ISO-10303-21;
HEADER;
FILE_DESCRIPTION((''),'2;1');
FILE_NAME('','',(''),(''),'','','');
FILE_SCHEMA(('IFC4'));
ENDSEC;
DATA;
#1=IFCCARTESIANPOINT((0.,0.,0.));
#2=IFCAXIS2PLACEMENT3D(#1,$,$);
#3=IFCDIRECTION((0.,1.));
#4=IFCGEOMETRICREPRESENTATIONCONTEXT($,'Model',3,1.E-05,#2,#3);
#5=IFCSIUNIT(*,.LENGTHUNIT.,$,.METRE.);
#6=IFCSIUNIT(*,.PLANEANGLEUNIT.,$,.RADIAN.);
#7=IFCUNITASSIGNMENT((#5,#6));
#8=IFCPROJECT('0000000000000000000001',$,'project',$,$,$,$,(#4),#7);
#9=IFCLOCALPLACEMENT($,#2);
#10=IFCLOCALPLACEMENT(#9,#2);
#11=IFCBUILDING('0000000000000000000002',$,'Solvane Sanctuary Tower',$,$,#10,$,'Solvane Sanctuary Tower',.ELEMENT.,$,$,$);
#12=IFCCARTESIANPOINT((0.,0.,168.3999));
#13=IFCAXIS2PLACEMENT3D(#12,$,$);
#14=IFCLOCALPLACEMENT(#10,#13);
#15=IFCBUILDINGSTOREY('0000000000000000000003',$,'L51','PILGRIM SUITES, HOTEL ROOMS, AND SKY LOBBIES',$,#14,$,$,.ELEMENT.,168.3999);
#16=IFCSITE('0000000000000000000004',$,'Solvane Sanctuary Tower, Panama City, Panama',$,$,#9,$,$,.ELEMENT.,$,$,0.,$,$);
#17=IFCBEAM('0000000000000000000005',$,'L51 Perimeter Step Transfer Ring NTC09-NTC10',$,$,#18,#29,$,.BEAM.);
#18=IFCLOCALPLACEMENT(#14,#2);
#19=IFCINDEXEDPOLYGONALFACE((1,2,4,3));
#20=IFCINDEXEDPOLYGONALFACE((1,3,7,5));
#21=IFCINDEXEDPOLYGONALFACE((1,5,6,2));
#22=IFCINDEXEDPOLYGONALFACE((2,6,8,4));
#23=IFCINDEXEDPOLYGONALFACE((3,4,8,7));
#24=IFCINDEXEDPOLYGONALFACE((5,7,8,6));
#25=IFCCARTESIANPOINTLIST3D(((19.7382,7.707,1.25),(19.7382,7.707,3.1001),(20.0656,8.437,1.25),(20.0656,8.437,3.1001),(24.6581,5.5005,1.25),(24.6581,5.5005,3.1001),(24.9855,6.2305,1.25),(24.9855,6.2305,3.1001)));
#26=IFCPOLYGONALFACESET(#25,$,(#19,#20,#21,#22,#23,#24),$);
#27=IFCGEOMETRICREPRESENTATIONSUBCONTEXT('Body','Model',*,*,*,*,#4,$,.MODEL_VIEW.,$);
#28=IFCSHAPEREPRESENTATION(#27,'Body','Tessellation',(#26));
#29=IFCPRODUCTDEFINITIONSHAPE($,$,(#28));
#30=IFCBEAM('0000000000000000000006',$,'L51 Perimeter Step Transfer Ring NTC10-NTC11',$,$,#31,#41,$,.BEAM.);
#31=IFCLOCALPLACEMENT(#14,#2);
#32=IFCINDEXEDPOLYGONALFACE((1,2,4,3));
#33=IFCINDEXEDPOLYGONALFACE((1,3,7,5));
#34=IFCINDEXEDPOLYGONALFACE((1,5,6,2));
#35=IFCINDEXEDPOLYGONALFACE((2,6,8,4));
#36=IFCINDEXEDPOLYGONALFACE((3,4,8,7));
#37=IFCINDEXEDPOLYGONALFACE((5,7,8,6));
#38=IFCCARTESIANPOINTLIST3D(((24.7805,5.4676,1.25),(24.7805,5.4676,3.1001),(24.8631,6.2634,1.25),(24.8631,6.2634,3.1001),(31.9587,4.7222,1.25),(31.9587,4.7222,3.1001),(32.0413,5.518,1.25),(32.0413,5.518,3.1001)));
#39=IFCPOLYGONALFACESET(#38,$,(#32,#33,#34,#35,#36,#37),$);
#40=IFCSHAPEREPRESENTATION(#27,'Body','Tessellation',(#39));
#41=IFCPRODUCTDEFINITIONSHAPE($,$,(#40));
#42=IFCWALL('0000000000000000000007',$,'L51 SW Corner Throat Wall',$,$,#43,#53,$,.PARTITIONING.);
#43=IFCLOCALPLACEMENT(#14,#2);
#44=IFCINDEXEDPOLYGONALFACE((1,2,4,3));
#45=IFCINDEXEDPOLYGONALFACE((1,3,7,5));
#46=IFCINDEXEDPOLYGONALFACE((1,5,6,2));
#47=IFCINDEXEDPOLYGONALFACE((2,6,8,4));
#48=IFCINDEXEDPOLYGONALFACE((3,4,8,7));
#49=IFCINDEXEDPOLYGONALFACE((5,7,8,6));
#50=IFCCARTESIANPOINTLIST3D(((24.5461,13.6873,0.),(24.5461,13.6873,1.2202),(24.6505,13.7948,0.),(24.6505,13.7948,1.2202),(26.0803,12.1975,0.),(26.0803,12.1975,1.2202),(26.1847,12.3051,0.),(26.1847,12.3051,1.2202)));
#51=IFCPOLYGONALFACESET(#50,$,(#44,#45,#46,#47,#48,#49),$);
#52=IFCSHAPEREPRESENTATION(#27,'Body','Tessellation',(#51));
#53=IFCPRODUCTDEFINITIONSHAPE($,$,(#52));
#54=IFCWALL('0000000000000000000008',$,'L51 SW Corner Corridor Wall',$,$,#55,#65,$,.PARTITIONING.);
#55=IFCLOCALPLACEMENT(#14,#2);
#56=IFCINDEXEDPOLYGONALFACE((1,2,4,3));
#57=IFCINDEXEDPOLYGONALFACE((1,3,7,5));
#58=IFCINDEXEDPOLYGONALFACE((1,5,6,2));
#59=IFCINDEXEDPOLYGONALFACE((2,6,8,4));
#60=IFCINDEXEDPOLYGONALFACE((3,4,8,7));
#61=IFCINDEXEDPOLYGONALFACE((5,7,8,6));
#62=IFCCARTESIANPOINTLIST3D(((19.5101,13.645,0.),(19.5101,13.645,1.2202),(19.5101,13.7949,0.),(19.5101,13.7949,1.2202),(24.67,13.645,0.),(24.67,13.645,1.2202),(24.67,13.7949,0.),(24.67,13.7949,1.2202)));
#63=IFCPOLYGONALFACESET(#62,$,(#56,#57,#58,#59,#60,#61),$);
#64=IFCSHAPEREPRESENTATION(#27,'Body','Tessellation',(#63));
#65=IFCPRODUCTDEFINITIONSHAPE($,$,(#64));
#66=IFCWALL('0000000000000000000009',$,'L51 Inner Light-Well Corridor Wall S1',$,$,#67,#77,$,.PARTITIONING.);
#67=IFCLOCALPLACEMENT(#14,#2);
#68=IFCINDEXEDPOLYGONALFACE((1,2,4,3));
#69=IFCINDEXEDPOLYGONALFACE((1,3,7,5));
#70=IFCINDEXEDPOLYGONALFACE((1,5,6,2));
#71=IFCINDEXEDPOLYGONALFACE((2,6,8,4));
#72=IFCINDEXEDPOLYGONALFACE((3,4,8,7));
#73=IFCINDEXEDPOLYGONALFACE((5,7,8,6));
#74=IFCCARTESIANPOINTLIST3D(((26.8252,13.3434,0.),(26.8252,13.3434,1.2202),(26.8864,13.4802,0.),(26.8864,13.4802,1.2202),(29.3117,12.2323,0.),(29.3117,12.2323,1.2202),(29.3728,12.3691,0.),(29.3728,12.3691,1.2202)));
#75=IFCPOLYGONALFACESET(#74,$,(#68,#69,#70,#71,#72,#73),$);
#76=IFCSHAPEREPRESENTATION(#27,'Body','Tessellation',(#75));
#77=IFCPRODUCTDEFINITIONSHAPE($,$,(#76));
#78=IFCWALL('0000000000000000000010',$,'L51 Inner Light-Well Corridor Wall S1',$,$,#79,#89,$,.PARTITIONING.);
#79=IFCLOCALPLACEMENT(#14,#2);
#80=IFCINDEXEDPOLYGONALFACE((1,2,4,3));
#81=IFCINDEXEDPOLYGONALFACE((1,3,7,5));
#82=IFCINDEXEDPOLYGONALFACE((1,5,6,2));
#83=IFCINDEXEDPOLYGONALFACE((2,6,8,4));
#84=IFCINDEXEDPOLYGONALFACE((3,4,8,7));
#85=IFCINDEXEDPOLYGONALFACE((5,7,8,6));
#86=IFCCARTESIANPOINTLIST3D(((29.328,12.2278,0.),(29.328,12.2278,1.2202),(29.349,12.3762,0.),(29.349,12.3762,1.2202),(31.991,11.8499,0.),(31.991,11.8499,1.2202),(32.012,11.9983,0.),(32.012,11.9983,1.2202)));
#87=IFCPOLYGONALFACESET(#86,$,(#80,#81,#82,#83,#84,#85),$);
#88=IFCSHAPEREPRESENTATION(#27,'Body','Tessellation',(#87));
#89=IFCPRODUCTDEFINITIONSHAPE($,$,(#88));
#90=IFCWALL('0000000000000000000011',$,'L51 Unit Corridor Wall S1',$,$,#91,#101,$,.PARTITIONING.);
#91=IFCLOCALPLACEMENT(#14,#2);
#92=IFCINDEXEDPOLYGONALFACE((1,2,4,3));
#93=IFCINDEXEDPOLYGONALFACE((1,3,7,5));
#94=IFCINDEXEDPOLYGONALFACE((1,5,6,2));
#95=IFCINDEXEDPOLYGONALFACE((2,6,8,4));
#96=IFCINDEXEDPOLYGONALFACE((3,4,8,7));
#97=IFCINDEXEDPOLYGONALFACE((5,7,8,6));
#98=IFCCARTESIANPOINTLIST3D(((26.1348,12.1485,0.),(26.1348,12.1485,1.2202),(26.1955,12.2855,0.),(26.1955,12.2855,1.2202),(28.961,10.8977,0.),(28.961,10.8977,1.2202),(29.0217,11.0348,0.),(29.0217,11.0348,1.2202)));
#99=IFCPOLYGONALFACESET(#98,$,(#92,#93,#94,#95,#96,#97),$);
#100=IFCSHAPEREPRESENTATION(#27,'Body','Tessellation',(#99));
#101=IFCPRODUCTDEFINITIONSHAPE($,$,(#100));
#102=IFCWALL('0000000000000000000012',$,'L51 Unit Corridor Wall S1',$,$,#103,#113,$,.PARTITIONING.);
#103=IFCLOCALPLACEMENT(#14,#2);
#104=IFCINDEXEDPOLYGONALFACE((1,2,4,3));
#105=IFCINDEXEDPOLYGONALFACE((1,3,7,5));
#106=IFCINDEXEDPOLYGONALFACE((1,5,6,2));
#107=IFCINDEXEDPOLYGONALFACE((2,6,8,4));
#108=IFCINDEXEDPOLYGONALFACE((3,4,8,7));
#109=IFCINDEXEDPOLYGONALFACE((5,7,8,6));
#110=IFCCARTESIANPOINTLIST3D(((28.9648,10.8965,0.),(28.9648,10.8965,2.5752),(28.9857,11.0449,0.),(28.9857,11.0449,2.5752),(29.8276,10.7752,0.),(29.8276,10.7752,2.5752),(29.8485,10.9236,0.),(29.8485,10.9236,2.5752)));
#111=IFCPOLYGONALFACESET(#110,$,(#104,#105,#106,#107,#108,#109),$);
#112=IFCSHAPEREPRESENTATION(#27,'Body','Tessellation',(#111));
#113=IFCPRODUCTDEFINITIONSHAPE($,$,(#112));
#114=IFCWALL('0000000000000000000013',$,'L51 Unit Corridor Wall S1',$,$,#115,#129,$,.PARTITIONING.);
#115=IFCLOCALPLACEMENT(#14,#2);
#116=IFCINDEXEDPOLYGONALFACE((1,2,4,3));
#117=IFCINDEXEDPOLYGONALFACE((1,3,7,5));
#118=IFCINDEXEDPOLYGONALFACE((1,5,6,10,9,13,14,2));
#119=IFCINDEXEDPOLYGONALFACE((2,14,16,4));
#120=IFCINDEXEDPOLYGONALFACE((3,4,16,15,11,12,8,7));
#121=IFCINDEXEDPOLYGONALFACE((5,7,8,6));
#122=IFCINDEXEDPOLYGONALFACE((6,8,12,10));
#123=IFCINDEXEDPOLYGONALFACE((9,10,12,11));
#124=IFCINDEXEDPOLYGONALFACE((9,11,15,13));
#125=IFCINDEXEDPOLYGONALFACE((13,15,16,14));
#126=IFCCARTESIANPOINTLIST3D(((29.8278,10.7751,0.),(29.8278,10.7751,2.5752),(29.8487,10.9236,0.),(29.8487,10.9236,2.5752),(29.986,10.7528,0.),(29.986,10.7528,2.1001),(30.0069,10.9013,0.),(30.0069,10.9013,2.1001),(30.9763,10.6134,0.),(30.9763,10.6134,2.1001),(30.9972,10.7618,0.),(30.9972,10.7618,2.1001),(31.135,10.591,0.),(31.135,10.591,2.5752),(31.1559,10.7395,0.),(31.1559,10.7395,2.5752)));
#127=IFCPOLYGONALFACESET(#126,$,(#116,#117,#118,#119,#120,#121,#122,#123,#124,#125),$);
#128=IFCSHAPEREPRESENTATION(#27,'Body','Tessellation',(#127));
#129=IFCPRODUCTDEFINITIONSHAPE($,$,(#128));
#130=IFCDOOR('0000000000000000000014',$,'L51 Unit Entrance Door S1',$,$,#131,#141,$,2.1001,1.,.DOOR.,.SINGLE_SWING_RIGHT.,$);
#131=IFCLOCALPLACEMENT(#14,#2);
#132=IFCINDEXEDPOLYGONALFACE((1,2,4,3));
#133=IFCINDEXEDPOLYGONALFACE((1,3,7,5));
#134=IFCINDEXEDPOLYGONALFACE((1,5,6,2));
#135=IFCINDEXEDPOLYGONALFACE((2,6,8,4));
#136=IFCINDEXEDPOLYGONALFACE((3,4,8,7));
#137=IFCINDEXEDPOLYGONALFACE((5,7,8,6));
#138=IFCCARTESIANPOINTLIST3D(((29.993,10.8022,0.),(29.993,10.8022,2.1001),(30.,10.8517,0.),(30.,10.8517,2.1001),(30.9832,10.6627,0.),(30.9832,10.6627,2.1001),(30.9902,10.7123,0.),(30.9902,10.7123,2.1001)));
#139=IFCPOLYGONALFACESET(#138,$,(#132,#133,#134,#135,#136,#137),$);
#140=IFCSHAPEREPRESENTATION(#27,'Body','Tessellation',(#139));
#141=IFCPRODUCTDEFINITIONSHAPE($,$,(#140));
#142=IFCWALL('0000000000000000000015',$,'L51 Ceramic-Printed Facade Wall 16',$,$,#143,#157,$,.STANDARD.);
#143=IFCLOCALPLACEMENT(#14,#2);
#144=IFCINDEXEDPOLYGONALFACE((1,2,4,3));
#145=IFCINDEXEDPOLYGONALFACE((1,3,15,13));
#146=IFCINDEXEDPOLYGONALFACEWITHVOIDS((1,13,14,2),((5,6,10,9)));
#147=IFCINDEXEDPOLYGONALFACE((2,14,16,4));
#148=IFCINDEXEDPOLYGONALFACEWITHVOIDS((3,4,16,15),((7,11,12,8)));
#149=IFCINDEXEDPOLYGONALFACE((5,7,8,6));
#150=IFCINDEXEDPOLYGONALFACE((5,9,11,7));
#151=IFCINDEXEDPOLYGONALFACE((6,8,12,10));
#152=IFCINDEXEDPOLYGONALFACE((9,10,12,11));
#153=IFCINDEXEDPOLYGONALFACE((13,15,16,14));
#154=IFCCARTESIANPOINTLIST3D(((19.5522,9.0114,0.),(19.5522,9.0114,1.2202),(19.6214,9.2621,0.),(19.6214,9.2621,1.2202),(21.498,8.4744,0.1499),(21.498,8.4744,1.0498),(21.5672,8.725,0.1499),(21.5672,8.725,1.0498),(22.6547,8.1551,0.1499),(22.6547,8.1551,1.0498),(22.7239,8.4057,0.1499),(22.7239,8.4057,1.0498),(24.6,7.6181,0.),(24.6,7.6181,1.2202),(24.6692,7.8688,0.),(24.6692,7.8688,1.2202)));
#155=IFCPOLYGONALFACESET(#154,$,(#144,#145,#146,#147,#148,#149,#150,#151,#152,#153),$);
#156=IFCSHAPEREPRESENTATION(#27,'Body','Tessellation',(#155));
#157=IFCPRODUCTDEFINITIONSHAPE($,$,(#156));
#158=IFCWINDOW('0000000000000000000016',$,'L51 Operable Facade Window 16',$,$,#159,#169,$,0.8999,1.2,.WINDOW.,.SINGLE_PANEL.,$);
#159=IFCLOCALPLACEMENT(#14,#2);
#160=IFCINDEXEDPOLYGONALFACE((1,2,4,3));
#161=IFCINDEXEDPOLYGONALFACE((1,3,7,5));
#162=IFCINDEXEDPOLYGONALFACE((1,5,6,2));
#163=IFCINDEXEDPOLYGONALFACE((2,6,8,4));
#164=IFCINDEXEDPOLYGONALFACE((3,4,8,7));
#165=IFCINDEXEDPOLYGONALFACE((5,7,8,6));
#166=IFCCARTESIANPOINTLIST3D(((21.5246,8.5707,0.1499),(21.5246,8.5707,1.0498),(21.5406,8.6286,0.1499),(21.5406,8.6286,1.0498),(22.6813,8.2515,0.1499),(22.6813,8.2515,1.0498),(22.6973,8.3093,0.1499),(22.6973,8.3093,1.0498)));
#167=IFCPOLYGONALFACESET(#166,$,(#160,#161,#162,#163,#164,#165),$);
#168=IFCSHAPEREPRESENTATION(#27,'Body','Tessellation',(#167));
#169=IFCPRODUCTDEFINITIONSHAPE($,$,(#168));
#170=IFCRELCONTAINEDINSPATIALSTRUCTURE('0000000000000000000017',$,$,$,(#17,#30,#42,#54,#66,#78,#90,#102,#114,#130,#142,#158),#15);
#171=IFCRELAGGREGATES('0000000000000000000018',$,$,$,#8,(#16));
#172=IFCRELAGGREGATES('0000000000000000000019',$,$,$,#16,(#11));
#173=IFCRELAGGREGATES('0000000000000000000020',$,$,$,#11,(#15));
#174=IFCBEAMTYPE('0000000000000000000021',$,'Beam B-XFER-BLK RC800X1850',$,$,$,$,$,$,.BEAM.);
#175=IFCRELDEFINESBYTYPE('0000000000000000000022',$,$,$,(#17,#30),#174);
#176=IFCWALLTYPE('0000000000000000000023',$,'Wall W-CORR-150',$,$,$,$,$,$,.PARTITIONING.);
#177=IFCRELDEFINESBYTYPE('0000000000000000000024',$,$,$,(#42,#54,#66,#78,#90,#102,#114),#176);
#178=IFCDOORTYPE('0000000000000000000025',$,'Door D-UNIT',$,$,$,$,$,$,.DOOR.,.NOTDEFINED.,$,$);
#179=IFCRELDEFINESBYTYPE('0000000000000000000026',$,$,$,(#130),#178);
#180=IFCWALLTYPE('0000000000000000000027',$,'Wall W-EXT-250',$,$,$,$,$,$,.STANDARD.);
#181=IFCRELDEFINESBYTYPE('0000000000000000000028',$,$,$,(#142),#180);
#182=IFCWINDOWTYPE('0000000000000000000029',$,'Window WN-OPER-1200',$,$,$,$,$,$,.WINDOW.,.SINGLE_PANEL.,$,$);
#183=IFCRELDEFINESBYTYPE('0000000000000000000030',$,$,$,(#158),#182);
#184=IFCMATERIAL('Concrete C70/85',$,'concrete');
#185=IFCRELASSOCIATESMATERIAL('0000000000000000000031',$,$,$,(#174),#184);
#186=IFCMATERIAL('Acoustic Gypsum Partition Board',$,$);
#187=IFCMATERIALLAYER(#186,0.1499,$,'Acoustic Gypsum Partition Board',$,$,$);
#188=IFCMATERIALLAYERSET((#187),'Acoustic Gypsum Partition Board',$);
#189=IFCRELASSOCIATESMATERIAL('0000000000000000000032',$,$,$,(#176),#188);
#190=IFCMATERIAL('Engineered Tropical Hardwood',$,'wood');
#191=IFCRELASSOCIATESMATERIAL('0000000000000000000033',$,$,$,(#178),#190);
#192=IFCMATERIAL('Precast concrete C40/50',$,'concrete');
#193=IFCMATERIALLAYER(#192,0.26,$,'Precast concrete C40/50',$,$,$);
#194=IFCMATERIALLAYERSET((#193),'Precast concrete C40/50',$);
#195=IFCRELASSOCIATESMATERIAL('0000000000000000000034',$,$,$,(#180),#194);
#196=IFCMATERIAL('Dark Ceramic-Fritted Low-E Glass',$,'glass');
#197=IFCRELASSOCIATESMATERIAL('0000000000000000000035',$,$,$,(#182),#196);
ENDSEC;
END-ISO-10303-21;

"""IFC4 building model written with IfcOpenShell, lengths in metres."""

from ifc_helpers import new_model, si_unit, direction, frame, frame_2d, origin, origin_2d, place, context, subcontext, project, spatial, rectangle, extrude, material, layer, layer_set, material_profile, profile_set, type_object, element, fill, save


model = new_model("IFC4")

# Units and contexts
model_context = context("Model", 3, precision=1e-05, world=origin(), true_north=direction((0.0, 1.0)))
body_context = subcontext(model_context, "Body", "Model", "MODEL_VIEW")
ifc_project = project(units=[si_unit("LENGTHUNIT", "METRE"), si_unit("PLANEANGLEUNIT", "RADIAN")], contexts=[model_context])

# Site, building, storey
site_placement = place(None, origin())
site = spatial("IfcSite", under=ifc_project, at=site_placement, Name="Solvane Sanctuary Tower, Panama City, Panama", CompositionType="ELEMENT", RefElevation=0.0)
building_placement = place(site_placement, origin())
building = spatial("IfcBuilding", under=site, at=building_placement, Name="Solvane Sanctuary Tower", LongName="Solvane Sanctuary Tower", CompositionType="ELEMENT")
storey_placement = place(building_placement, frame((0.0, 0.0, 168.3999)))
storey = spatial("IfcBuildingStorey", under=building, at=storey_placement, Name="L51", Description="PILGRIM SUITES, HOTEL ROOMS, AND SKY LOBBIES", CompositionType="ELEMENT", Elevation=168.3999)

# Beams
ifc_material_1 = material(Name="Concrete C70/85", Category="concrete")
ifc_material_profile_1 = material_profile(ifc_material_1, rectangle(XDim=0.8, YDim=1.8501, at=origin_2d()), Name="RC800X1850")
ifc_profile_set_1 = profile_set([ifc_material_profile_1], Name="Concrete C70/85")
beam_type_1 = type_object("IfcBeamType", Name="Beam B-XFER-BLK RC800X1850", PredefinedType="BEAM", material=ifc_profile_set_1)
beam_1_placement = place(storey_placement, frame((19.9019, 8.072, 2.175), z_axis=(0.912436, -0.40922, 0.0), x_axis=(0.40922, 0.912436, 0.0)))
element("IfcBeam", 1, at=beam_1_placement, inside=storey, type_object=beam_type_1, Name="L51 Perimeter Step Transfer Ring NTC09-NTC10", PredefinedType="BEAM", context=body_context, shape_type="SweptSolid", body=[
    extrude(rectangle(XDim=0.8, YDim=1.8501, at=origin_2d()), origin(), (0.0, 0.0, 1.0), 5.3921),
])
beam_2_placement = place(storey_placement, frame((24.8218, 5.8655, 2.175), z_axis=(0.994652, -0.103281, 0.0), x_axis=(0.103281, 0.994652, 0.0)))
element("IfcBeam", 2, at=beam_2_placement, inside=storey, type_object=beam_type_1, Name="L51 Perimeter Step Transfer Ring NTC10-NTC11", PredefinedType="BEAM", context=body_context, shape_type="SweptSolid", body=[
    extrude(rectangle(XDim=0.8, YDim=1.8501, at=origin_2d()), origin(), (0.0, 0.0, 1.0), 7.2168),
])

# Walls
ifc_material_2 = material(Name="Acoustic Gypsum Partition Board")
ifc_layer_1 = layer(ifc_material_2, 0.1499, Name="Acoustic Gypsum Partition Board")
ifc_layer_set_1 = layer_set([ifc_layer_1], Name="Acoustic Gypsum Partition Board")
wall_type_1 = type_object("IfcWallType", Name="Wall W-CORR-150", PredefinedType="PARTITIONING", material=ifc_layer_set_1)
wall_1_placement = place(storey_placement, frame((26.1326, 12.2512, 0.0), z_axis=(0.0, 0.0, 1.0), x_axis=(-0.71742, 0.696641, 0.0)))
element("IfcWall", 3, at=wall_1_placement, inside=storey, type_object=wall_type_1, Name="L51 SW Corner Throat Wall", PredefinedType="PARTITIONING", context=body_context, shape_type="SweptSolid", body=[
    extrude(rectangle(XDim=2.1384, YDim=0.1499, at=frame_2d((1.0693, 0.0))), origin(), (0.0, 0.0, 1.0), 1.2202),
])
wall_2_placement = place(storey_placement, frame((19.51, 13.72, 0.0), z_axis=(0.0, 0.0, 1.0), x_axis=(1.0, 0.0, 0.0)))
element("IfcWall", 4, at=wall_2_placement, inside=storey, type_object=wall_type_1, Name="L51 SW Corner Corridor Wall", PredefinedType="PARTITIONING", context=body_context, shape_type="SweptSolid", body=[
    extrude(rectangle(XDim=5.1599, YDim=0.1499, at=frame_2d((2.5801, 0.0))), origin(), (0.0, 0.0, 1.0), 1.2202),
])
wall_3_placement = place(storey_placement, frame((26.8557, 13.4119, 0.0), z_axis=(0.0, 0.0, 1.0), x_axis=(0.912985, -0.407993, 0.0)))
element("IfcWall", 5, at=wall_3_placement, inside=storey, type_object=wall_type_1, Name="L51 Inner Light-Well Corridor Wall S1", PredefinedType="PARTITIONING", context=body_context, shape_type="SweptSolid", body=[
    extrude(rectangle(XDim=2.7234, YDim=0.1499, at=frame_2d((1.3618, 0.0))), origin(), (0.0, 0.0, 1.0), 1.2202),
])
wall_4_placement = place(storey_placement, frame((29.3386, 12.302, 0.0), z_axis=(0.0, 0.0, 1.0), x_axis=(0.99008, -0.140506, 0.0)))
element("IfcWall", 6, at=wall_4_placement, inside=storey, type_object=wall_type_1, Name="L51 Inner Light-Well Corridor Wall S1", PredefinedType="PARTITIONING", context=body_context, shape_type="SweptSolid", body=[
    extrude(rectangle(XDim=2.6897, YDim=0.1499, at=frame_2d((1.3447, 0.0))), origin(), (0.0, 0.0, 1.0), 1.2202),
])
wall_5_placement = place(storey_placement, frame((26.165, 12.217, 0.0), z_axis=(0.0, 0.0, 1.0), x_axis=(0.914452, -0.404694, 0.0)))
element("IfcWall", 7, at=wall_5_placement, inside=storey, type_object=wall_type_1, Name="L51 Unit Corridor Wall S1", PredefinedType="PARTITIONING", context=body_context, shape_type="SweptSolid", body=[
    extrude(rectangle(XDim=3.0906, YDim=0.1499, at=frame_2d((1.5454, 0.0))), origin(), (0.0, 0.0, 1.0), 1.2202),
])
wall_6_placement = place(storey_placement, frame((28.9753, 10.9707, 0.0), z_axis=(0.0, 0.0, 1.0), x_axis=(0.990255, -0.139263, 0.0)))
element("IfcWall", 8, at=wall_6_placement, inside=storey, type_object=wall_type_1, Name="L51 Unit Corridor Wall S1", PredefinedType="PARTITIONING", context=body_context, shape_type="SweptSolid", body=[
    extrude(rectangle(XDim=0.8713, YDim=0.1499, at=frame_2d((0.4355, 0.0))), origin(), (0.0, 0.0, 1.0), 2.5752),
])

# Wall, opening, door
wall_7_placement = place(storey_placement, frame((29.8381, 10.8494, 0.0), z_axis=(0.0, 0.0, 1.0), x_axis=(0.990229, -0.139453, 0.0)))
wall_7 = element("IfcWall", 9, at=wall_7_placement, inside=storey, type_object=wall_type_1, Name="L51 Unit Corridor Wall S1", PredefinedType="PARTITIONING", context=body_context, shape_type="SweptSolid", body=[
    extrude(rectangle(XDim=1.3201, YDim=0.1499, at=frame_2d((0.6602, 0.0))), origin(), (0.0, 0.0, 1.0), 2.5752),
])
opening_1_placement = place(wall_7_placement, frame((0.1599, 0.0, 0.0)))
opening_1 = element("IfcOpeningElement", 10, at=opening_1_placement, cuts=wall_7, PredefinedType="OPENING", context=body_context, shape_type="SweptSolid", body=[
    extrude(rectangle(XDim=1.0, YDim=2.1001, at=frame_2d((0.5, 1.05))), frame((0.0, 0.085, 0.0), z_axis=(0.0, -1.0, 0.0), x_axis=(1.0, 0.0, 0.0)), (0.0, 0.0, 1.0), 0.1699),
])
ifc_material_3 = material(Name="Engineered Tropical Hardwood", Category="wood")
door_type = type_object("IfcDoorType", Name="Door D-UNIT", OperationType="NOTDEFINED", PredefinedType="DOOR", material=ifc_material_3)
door_placement = place(opening_1_placement, origin())
door = element("IfcDoor", 11, at=door_placement, inside=storey, type_object=door_type, Name="L51 Unit Entrance Door S1", OperationType="SINGLE_SWING_RIGHT", OverallHeight=2.1001, OverallWidth=1.0, PredefinedType="DOOR", context=body_context, shape_type="SweptSolid", body=[
    extrude(rectangle(XDim=1.0, YDim=2.1001, at=frame_2d((0.5, 1.05))), frame((0.0, 0.0249, 0.0), z_axis=(0.0, -1.0, 0.0), x_axis=(1.0, 0.0, 0.0)), (0.0, 0.0, 1.0), 0.05),
])
fill(opening_1, door)

# Wall, opening, window
ifc_material_4 = material(Name="Precast concrete C40/50", Category="concrete")
ifc_layer_2 = layer(ifc_material_4, 0.26, Name="Precast concrete C40/50")
ifc_layer_set_2 = layer_set([ifc_layer_2], Name="Precast concrete C40/50")
wall_type_2 = type_object("IfcWallType", Name="Wall W-EXT-250", PredefinedType="STANDARD", material=ifc_layer_set_2)
wall_8_placement = place(storey_placement, frame((19.5869, 9.1367, 0.0), z_axis=(0.0, 0.0, 1.0), x_axis=(0.963953, -0.266071, 0.0)))
wall_8 = element("IfcWall", 12, at=wall_8_placement, inside=storey, type_object=wall_type_2, Name="L51 Ceramic-Printed Facade Wall 16", PredefinedType="STANDARD", context=body_context, shape_type="SweptSolid", body=[
    extrude(rectangle(XDim=5.2366, YDim=0.26, at=frame_2d((2.6182, 0.0))), origin(), (0.0, 0.0, 1.0), 1.2202),
])
opening_2_placement = place(wall_8_placement, frame((2.0183, 0.0, 0.1499)))
opening_2 = element("IfcOpeningElement", 13, at=opening_2_placement, cuts=wall_8, PredefinedType="OPENING", context=body_context, shape_type="SweptSolid", body=[
    extrude(rectangle(XDim=1.2, YDim=0.8999, at=frame_2d((0.6001, 0.45))), frame((0.0, 0.1399, 0.0), z_axis=(0.0, -1.0, 0.0), x_axis=(1.0, 0.0, 0.0)), (0.0, 0.0, 1.0), 0.28),
])
ifc_material_5 = material(Name="Dark Ceramic-Fritted Low-E Glass", Category="glass")
window_type = type_object("IfcWindowType", Name="Window WN-OPER-1200", PartitioningType="SINGLE_PANEL", PredefinedType="WINDOW", material=ifc_material_5)
window_1_placement = place(opening_2_placement, origin())
window_1 = element("IfcWindow", 14, at=window_1_placement, inside=storey, type_object=window_type, Name="L51 Operable Facade Window 16", OverallHeight=0.8999, OverallWidth=1.2, PartitioningType="SINGLE_PANEL", PredefinedType="WINDOW", context=body_context, shape_type="SweptSolid", body=[
    extrude(rectangle(XDim=1.2, YDim=0.8999, at=frame_2d((0.6001, 0.45))), frame((0.0, 0.03, 0.0), z_axis=(0.0, -1.0, 0.0), x_axis=(1.0, 0.0, 0.0)), (0.0, 0.0, 1.0), 0.0601),
])
fill(opening_2, window_1)

save(model, "model.ifc")
